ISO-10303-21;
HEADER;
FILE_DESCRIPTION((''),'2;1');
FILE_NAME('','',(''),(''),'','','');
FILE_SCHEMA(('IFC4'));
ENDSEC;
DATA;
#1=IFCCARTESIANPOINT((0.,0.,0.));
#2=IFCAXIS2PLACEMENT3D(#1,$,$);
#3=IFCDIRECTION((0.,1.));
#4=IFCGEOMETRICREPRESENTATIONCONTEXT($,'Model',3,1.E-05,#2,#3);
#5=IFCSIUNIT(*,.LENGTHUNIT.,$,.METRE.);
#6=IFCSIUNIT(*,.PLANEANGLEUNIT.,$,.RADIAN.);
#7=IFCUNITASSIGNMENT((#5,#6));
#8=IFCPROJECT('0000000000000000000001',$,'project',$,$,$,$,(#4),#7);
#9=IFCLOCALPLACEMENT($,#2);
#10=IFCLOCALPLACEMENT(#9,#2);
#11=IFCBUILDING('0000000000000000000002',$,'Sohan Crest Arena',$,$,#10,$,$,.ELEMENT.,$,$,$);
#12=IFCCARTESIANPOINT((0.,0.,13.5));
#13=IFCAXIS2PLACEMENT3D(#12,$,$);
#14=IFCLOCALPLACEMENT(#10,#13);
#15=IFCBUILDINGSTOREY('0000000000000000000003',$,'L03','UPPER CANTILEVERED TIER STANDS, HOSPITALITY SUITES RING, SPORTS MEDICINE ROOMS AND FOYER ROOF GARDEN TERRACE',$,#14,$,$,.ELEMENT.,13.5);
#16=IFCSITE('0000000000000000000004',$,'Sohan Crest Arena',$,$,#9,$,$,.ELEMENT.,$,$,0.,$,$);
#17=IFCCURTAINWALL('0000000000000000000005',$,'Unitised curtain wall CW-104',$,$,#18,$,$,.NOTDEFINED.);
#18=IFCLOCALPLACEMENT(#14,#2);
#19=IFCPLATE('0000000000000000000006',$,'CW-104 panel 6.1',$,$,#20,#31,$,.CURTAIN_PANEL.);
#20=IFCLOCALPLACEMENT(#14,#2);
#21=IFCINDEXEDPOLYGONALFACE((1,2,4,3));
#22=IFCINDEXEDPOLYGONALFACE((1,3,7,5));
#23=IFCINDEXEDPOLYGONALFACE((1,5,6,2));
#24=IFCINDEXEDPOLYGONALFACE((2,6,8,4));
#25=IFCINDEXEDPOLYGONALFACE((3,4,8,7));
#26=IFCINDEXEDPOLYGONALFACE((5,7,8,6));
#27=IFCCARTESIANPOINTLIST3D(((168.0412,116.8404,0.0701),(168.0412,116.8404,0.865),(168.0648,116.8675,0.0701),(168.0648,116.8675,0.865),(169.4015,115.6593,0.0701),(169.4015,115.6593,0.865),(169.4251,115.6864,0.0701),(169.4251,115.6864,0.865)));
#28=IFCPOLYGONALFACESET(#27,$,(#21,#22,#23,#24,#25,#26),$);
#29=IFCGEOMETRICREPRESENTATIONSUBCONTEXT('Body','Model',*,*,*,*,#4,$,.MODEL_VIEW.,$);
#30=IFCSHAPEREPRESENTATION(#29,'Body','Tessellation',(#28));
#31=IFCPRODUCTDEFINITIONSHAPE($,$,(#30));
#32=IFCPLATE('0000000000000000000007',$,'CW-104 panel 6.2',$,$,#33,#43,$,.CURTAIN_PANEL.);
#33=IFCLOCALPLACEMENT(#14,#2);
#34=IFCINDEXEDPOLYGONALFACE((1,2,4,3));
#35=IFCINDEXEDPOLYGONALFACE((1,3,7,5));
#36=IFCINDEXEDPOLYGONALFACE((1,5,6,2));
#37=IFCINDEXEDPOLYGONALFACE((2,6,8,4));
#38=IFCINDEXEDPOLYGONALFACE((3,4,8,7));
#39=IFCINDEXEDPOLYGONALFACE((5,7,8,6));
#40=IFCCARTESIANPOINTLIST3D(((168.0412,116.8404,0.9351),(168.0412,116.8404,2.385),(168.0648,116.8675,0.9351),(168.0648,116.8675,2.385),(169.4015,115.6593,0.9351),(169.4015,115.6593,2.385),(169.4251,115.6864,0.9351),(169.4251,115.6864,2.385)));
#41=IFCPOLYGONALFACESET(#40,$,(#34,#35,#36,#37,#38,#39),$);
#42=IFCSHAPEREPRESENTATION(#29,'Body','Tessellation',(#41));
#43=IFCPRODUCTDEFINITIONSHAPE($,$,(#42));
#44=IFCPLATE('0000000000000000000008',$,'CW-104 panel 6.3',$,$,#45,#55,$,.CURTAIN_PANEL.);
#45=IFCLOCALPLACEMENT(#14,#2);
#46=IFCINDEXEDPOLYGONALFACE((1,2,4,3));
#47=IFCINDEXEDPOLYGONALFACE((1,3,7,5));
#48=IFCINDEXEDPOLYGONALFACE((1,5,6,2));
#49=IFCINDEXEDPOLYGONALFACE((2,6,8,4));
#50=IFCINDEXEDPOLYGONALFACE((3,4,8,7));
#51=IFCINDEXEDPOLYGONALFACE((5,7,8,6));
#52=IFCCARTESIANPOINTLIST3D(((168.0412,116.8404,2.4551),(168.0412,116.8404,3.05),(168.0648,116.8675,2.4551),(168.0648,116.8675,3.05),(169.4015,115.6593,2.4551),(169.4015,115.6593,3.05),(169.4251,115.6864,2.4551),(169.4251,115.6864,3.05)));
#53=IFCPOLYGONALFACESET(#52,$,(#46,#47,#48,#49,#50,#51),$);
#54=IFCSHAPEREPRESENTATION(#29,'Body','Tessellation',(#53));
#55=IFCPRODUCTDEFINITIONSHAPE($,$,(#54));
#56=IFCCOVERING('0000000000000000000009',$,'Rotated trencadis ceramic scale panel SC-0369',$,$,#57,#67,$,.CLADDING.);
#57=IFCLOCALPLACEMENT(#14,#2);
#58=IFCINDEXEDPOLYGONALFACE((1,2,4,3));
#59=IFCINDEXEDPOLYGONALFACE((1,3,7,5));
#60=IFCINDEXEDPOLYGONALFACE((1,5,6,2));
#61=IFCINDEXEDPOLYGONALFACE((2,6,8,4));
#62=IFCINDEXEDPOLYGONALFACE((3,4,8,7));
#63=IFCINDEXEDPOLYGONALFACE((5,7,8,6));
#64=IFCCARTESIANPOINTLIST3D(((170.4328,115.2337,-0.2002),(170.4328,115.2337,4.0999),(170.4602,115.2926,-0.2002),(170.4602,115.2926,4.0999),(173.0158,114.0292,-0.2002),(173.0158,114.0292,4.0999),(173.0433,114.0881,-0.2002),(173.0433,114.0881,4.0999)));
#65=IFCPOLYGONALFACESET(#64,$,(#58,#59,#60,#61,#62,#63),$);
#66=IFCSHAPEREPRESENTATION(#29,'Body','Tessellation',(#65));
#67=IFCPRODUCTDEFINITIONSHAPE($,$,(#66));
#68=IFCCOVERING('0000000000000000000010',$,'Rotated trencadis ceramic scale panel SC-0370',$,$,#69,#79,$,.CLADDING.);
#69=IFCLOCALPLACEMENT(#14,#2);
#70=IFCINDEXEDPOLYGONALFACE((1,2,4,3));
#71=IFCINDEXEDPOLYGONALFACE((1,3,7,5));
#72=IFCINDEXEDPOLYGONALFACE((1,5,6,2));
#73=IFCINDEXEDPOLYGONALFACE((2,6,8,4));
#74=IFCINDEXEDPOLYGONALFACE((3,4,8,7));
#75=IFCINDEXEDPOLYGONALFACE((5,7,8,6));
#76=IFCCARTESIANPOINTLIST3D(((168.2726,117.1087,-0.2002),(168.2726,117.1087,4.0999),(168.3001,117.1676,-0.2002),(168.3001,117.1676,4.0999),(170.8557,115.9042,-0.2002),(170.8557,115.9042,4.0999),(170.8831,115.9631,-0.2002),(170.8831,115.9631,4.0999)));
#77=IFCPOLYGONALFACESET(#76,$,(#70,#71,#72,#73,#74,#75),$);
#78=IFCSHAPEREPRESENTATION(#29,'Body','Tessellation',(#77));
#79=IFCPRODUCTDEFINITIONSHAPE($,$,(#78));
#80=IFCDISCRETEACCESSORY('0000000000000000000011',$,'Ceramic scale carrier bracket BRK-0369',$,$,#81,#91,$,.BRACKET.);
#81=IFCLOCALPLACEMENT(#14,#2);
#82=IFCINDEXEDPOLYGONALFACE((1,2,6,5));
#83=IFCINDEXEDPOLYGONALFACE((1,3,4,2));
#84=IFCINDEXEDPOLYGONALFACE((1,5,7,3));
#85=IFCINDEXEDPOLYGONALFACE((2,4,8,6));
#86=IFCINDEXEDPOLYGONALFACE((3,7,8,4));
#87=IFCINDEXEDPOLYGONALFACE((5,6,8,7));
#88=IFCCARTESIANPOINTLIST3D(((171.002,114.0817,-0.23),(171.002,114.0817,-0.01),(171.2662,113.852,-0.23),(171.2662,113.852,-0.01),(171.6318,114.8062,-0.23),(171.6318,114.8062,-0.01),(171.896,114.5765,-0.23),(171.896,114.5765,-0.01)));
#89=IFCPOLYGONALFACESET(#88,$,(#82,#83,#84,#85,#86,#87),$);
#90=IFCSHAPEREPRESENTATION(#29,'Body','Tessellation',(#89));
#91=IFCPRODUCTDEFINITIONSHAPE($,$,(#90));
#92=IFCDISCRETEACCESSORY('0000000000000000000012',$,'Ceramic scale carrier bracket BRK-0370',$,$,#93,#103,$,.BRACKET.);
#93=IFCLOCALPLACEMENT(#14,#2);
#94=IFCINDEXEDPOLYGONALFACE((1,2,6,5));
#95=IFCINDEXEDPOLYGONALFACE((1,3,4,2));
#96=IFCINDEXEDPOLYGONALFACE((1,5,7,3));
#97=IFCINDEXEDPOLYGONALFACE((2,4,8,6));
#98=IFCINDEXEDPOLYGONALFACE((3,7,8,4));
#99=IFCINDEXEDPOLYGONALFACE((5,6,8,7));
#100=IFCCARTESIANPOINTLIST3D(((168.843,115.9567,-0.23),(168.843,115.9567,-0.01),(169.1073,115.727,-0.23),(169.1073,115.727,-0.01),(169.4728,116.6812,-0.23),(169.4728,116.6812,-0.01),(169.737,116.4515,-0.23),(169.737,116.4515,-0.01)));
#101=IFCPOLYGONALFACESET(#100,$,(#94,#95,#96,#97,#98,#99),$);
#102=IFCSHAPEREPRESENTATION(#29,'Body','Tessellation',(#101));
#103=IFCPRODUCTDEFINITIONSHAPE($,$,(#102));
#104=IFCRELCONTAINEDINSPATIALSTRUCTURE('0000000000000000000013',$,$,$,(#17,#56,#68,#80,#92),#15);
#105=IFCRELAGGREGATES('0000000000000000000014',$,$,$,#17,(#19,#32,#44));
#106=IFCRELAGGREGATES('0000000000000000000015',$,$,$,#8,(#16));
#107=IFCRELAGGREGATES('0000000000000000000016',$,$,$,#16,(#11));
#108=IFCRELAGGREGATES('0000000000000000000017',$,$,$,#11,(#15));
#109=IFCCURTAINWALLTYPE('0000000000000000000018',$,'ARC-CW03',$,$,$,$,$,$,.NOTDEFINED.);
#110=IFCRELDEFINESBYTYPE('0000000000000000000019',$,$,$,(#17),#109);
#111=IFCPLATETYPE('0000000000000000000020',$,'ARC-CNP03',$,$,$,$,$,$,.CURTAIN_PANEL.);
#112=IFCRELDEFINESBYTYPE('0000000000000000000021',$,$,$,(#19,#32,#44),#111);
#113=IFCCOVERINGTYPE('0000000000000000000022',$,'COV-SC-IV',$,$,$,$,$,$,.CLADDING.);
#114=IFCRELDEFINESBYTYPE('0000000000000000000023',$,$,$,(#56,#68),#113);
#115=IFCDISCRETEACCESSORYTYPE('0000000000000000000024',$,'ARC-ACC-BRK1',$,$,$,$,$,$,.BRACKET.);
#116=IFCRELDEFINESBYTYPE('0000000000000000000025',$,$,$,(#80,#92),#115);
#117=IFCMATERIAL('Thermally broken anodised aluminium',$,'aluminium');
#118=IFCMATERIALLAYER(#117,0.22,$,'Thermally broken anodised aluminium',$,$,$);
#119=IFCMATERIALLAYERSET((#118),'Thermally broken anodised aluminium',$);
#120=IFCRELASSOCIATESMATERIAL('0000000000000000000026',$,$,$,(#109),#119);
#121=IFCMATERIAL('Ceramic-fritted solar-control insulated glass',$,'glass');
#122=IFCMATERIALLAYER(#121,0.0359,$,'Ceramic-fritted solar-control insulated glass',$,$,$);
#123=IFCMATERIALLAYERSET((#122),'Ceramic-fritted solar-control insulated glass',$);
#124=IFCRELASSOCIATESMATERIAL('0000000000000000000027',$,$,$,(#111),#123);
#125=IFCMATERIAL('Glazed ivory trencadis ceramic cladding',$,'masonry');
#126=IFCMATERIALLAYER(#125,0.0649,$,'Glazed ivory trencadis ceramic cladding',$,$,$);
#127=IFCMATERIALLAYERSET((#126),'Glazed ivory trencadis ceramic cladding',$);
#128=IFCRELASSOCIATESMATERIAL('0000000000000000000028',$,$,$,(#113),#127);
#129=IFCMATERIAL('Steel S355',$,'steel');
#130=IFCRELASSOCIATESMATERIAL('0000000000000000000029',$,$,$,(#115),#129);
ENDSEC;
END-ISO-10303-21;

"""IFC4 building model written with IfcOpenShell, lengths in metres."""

from ifc_helpers import new_model, si_unit, direction, frame, origin, origin_2d, place, context, subcontext, project, spatial, rectangle, extrude, material, layer, layer_set, type_object, element, aggregate, save


model = new_model("IFC4")

# Units and contexts
model_context = context("Model", 3, precision=1e-05, world=origin(), true_north=direction((0.0, 1.0)))
body_context = subcontext(model_context, "Body", "Model", "MODEL_VIEW")
ifc_project = project(units=[si_unit("LENGTHUNIT", "METRE"), si_unit("PLANEANGLEUNIT", "RADIAN")], contexts=[model_context])

# Site, building, storey
site_placement = place(None, origin())
site = spatial("IfcSite", under=ifc_project, at=site_placement, Name="Sohan Crest Arena", CompositionType="ELEMENT", RefElevation=0.0)
building_placement = place(site_placement, origin())
building = spatial("IfcBuilding", under=site, at=building_placement, Name="Sohan Crest Arena", CompositionType="ELEMENT")
storey_placement = place(building_placement, frame((0.0, 0.0, 13.5)))
storey = spatial("IfcBuildingStorey", under=building, at=storey_placement, Name="L03", Description="UPPER CANTILEVERED TIER STANDS, HOSPITALITY SUITES RING, SPORTS MEDICINE ROOMS AND FOYER ROOF GARDEN TERRACE", CompositionType="ELEMENT", Elevation=13.5)

# Shared definitions
ifc_material_1 = material(Name="Steel S355", Category="steel")

# Curtain wall
ifc_material_2 = material(Name="Thermally broken anodised aluminium", Category="aluminium")
ifc_layer_1 = layer(ifc_material_2, 0.22, Name="Thermally broken anodised aluminium")
ifc_layer_set_1 = layer_set([ifc_layer_1], Name="Thermally broken anodised aluminium")
curtain_wall_type_1 = type_object("IfcCurtainWallType", Name="ARC-CW03", PredefinedType="NOTDEFINED", material=ifc_layer_set_1)
curtain_wall_1_placement = place(storey_placement, origin())
curtain_wall_1 = element("IfcCurtainWall", 1, at=curtain_wall_1_placement, inside=storey, type_object=curtain_wall_type_1, Name="Unitised curtain wall CW-104", PredefinedType="NOTDEFINED")

# Plates
ifc_material_3 = material(Name="Ceramic-fritted solar-control insulated glass", Category="glass")
ifc_layer_2 = layer(ifc_material_3, 0.0359, Name="Ceramic-fritted solar-control insulated glass")
ifc_layer_set_2 = layer_set([ifc_layer_2], Name="Ceramic-fritted solar-control insulated glass")
plate_type = type_object("IfcPlateType", Name="ARC-CNP03", PredefinedType="CURTAIN_PANEL", material=ifc_layer_set_2)
plate_1_placement = place(storey_placement, frame((168.7332, 116.2634, 0.0701), z_axis=(0.0, 0.0, 1.0), x_axis=(-0.755095, 0.655616, 0.0)))
plate_1 = element("IfcPlate", 2, at=plate_1_placement, type_object=plate_type, Name="CW-104 panel 6.1", PredefinedType="CURTAIN_PANEL", context=body_context, shape_type="SweptSolid", body=[
    extrude(rectangle(XDim=1.8015, YDim=0.0359, at=origin_2d()), origin(), (0.0, 0.0, 1.0), 0.7949),
])
plate_2_placement = place(storey_placement, frame((168.7332, 116.2634, 0.9351), z_axis=(0.0, 0.0, 1.0), x_axis=(-0.755095, 0.655616, 0.0)))
plate_2 = element("IfcPlate", 3, at=plate_2_placement, type_object=plate_type, Name="CW-104 panel 6.2", PredefinedType="CURTAIN_PANEL", context=body_context, shape_type="SweptSolid", body=[
    extrude(rectangle(XDim=1.8015, YDim=0.0359, at=origin_2d()), origin(), (0.0, 0.0, 1.0), 1.45),
])
plate_3_placement = place(storey_placement, frame((168.7332, 116.2634, 2.4551), z_axis=(0.0, 0.0, 1.0), x_axis=(-0.755095, 0.655616, 0.0)))
plate_3 = element("IfcPlate", 4, at=plate_3_placement, type_object=plate_type, Name="CW-104 panel 6.3", PredefinedType="CURTAIN_PANEL", context=body_context, shape_type="SweptSolid", body=[
    extrude(rectangle(XDim=1.8015, YDim=0.0359, at=origin_2d()), origin(), (0.0, 0.0, 1.0), 0.595),
])
aggregate(curtain_wall_1, [plate_1, plate_2, plate_3])

# Coverings
ifc_material_4 = material(Name="Glazed ivory trencadis ceramic cladding", Category="masonry")
ifc_layer_3 = layer(ifc_material_4, 0.0649, Name="Glazed ivory trencadis ceramic cladding")
ifc_layer_set_3 = layer_set([ifc_layer_3], Name="Glazed ivory trencadis ceramic cladding")
covering_type = type_object("IfcCoveringType", Name="COV-SC-IV", PredefinedType="CLADDING", material=ifc_layer_set_3)
for number, where, z_axis, x_axis, name in (
    (5, (171.738, 114.6609, -0.2002), (0.0, 0.0, 1.0), (-0.906308, 0.422618, 0.0), "Rotated trencadis ceramic scale panel SC-0369"),
    (6, (169.5779, 116.5359, -0.2002), (0.0, 0.0, 1.0), (-0.906308, 0.422618, 0.0), "Rotated trencadis ceramic scale panel SC-0370"),
):
    element("IfcCovering", number, at=place(storey_placement, frame(where, z_axis=z_axis, x_axis=x_axis)), inside=storey, type_object=covering_type, Name=name, PredefinedType="CLADDING", context=body_context, shape_type="SweptSolid", body=[
        extrude(rectangle(XDim=2.8501, YDim=0.0649, at=origin_2d()), origin(), (0.0, 0.0, 1.0), 4.3),
    ])

# Discrete accessories
discrete_accessory_type = type_object("IfcDiscreteAccessoryType", Name="ARC-ACC-BRK1", PredefinedType="BRACKET", material=ifc_material_1)
for number, where, z_axis, x_axis, name in (
    (7, (171.449, 114.3291, -0.23), (0.0, 0.0, 1.0), (-0.75471, 0.656059, 0.0), "Ceramic scale carrier bracket BRK-0369"),
    (8, (169.29, 116.2041, -0.23), (0.0, 0.0, 1.0), (-0.75471, 0.656059, 0.0), "Ceramic scale carrier bracket BRK-0370"),
):
    element("IfcDiscreteAccessory", number, at=place(storey_placement, frame(where, z_axis=z_axis, x_axis=x_axis)), inside=storey, type_object=discrete_accessory_type, Name=name, PredefinedType="BRACKET", context=body_context, shape_type="SweptSolid", body=[
        extrude(rectangle(XDim=0.3501, YDim=0.96, at=origin_2d()), origin(), (0.0, 0.0, 1.0), 0.22),
    ])

save(model, "model.ifc")
